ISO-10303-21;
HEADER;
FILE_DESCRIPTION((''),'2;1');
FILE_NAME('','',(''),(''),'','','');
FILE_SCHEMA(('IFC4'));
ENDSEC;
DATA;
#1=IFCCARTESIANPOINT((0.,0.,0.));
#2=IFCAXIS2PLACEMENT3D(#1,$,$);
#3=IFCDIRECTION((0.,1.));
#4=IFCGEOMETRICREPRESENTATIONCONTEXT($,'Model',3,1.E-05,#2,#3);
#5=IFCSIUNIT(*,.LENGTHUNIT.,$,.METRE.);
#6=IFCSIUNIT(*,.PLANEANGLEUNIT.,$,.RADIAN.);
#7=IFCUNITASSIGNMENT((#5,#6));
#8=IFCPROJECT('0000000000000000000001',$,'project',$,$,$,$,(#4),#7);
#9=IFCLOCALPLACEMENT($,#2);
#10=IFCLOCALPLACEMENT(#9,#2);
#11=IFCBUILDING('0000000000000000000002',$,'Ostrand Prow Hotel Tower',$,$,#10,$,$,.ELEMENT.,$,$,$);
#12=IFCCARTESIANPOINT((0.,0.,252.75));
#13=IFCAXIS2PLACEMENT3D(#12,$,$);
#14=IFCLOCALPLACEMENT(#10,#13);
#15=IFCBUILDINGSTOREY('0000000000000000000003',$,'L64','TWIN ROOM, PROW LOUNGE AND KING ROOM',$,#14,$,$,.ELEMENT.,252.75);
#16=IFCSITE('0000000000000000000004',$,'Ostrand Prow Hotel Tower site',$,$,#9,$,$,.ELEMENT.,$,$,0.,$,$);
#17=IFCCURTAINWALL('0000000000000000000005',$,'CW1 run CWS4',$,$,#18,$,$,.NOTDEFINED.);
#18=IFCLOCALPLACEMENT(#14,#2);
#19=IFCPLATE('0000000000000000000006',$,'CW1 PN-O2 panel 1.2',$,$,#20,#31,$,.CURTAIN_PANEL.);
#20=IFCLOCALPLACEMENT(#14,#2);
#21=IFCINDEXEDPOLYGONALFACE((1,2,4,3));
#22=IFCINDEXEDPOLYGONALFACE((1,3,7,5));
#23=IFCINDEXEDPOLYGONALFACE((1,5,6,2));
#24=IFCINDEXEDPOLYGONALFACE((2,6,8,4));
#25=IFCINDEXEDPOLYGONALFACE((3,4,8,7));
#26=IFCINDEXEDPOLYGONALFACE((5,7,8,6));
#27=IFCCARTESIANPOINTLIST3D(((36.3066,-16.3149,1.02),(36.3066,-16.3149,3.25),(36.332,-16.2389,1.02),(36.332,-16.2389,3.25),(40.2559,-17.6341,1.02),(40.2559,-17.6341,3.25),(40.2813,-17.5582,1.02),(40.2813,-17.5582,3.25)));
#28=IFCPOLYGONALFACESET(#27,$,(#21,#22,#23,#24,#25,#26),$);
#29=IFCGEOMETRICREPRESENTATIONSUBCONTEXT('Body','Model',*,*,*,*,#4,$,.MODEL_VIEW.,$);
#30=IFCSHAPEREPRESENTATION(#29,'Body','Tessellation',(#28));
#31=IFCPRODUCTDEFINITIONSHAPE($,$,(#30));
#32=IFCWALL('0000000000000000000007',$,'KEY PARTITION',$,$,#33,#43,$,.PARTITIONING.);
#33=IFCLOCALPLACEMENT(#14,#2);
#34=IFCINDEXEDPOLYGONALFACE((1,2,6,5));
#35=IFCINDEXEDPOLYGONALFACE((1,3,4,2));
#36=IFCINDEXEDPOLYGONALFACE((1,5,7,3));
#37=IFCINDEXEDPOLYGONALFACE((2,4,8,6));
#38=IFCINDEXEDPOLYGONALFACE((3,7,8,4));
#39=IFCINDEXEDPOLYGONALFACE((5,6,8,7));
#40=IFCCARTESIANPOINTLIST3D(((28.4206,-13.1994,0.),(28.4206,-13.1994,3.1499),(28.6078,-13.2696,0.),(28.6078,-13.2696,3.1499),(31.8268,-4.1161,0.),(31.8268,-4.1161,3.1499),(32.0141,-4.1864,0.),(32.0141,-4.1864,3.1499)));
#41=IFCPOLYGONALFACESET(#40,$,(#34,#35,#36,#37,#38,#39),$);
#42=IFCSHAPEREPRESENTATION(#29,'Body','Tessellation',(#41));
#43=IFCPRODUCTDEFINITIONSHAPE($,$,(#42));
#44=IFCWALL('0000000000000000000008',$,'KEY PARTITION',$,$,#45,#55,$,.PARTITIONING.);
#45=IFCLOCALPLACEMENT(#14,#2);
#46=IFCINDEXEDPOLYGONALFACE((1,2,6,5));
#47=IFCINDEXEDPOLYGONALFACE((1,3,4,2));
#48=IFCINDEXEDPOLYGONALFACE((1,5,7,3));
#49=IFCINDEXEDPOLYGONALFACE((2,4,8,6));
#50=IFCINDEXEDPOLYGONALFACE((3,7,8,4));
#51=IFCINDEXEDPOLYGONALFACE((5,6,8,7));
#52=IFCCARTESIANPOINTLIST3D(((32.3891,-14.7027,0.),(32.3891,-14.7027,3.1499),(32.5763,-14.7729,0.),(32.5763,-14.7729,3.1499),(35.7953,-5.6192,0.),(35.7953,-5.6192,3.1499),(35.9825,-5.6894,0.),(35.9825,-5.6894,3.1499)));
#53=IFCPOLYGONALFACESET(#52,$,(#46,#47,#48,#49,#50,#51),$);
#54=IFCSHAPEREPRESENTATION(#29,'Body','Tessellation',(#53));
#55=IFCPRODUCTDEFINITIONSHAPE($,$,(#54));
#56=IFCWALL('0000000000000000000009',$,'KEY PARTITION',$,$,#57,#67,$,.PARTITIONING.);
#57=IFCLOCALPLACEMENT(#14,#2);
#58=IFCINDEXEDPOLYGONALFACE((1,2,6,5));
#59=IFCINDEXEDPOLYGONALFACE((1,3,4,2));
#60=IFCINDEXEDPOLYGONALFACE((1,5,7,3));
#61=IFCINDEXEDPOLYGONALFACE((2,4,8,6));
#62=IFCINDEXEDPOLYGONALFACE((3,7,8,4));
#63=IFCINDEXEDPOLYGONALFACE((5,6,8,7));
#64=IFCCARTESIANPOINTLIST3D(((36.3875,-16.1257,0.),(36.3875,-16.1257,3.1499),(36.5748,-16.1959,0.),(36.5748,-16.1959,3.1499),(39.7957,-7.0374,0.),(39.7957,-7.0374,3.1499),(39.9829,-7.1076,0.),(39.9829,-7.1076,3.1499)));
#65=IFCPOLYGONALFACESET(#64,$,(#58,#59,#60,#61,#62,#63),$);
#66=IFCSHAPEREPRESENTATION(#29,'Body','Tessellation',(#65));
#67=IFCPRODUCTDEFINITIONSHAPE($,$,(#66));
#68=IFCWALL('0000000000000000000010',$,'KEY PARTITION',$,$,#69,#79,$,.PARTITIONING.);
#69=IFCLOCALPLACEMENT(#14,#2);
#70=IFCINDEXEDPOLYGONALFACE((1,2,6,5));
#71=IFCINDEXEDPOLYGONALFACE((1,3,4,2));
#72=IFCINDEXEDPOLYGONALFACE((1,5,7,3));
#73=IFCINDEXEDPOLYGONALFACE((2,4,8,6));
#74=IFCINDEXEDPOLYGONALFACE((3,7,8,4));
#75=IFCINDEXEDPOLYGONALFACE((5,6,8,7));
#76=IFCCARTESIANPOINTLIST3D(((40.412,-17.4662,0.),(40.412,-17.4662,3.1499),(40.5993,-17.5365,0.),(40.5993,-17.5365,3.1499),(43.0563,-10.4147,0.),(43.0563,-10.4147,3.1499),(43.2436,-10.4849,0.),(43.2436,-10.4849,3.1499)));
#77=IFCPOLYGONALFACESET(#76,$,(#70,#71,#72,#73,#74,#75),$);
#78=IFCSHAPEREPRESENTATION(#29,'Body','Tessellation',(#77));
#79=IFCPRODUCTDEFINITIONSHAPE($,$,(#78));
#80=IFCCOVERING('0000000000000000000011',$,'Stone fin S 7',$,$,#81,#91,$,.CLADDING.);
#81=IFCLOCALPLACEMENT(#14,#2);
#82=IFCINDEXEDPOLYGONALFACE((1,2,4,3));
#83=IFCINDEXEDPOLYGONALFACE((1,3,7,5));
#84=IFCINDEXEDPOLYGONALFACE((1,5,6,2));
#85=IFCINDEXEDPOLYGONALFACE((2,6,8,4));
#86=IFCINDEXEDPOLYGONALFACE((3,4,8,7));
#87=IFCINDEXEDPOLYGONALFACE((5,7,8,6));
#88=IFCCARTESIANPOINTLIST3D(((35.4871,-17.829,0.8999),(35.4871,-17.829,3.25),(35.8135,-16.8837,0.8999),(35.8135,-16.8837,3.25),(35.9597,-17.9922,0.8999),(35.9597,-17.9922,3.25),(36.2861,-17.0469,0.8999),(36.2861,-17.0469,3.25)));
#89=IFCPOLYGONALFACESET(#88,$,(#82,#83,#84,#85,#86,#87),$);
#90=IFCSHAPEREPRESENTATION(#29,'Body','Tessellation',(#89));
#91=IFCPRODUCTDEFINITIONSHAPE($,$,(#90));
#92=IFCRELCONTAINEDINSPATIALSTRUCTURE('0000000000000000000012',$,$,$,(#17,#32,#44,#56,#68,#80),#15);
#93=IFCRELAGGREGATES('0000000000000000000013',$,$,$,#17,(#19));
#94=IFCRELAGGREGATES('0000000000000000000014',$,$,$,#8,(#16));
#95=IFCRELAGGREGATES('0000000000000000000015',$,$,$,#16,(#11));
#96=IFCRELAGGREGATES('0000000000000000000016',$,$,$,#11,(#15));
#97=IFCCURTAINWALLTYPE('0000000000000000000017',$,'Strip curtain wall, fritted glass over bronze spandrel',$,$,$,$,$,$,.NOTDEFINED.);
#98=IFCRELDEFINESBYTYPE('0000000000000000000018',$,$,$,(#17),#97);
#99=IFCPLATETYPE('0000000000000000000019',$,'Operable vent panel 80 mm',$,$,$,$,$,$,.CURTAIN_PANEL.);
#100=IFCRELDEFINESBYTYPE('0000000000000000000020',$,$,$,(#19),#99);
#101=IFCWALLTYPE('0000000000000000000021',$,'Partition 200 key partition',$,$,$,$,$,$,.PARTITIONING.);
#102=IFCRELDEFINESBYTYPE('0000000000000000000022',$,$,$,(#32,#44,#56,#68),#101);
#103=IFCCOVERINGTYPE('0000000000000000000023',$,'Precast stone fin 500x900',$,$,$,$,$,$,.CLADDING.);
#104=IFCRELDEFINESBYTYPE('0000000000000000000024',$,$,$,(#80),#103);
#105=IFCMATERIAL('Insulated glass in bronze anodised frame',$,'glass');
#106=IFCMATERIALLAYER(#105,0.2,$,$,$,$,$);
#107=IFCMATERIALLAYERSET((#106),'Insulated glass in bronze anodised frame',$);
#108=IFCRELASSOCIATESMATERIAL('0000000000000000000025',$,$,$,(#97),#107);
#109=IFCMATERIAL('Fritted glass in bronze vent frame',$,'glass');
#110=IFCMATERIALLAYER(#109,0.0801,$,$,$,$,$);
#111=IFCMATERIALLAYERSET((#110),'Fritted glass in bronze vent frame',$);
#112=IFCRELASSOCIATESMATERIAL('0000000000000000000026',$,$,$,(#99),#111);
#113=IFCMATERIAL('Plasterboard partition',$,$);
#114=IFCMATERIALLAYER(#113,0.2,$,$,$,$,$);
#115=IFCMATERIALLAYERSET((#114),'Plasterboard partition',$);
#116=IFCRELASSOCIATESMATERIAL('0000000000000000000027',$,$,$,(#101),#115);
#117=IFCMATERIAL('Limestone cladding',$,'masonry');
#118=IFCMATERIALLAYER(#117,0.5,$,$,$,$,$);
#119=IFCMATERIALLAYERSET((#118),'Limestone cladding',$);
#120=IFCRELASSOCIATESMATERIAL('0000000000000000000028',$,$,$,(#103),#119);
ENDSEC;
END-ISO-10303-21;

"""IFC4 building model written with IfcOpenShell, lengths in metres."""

from ifc_helpers import new_model, si_unit, direction, frame, frame_2d, origin, origin_2d, place, context, subcontext, project, spatial, rectangle, extrude, material, layer, layer_set, type_object, element, aggregate, save


model = new_model("IFC4")

# Units and contexts
model_context = context("Model", 3, precision=1e-05, world=origin(), true_north=direction((0.0, 1.0)))
body_context = subcontext(model_context, "Body", "Model", "MODEL_VIEW")
ifc_project = project(units=[si_unit("LENGTHUNIT", "METRE"), si_unit("PLANEANGLEUNIT", "RADIAN")], contexts=[model_context])

# Site, building, storey
site_placement = place(None, origin())
site = spatial("IfcSite", under=ifc_project, at=site_placement, Name="Ostrand Prow Hotel Tower site", CompositionType="ELEMENT", RefElevation=0.0)
building_placement = place(site_placement, origin())
building = spatial("IfcBuilding", under=site, at=building_placement, Name="Ostrand Prow Hotel Tower", CompositionType="ELEMENT")
storey_placement = place(building_placement, frame((0.0, 0.0, 252.75)))
storey = spatial("IfcBuildingStorey", under=building, at=storey_placement, Name="L64", Description="TWIN ROOM, PROW LOUNGE AND KING ROOM", CompositionType="ELEMENT", Elevation=252.75)

# Shared definitions
ifc_material_1 = material(Name="Insulated glass in bronze anodised frame", Category="glass")
ifc_layer_1 = layer(ifc_material_1, 0.2)
ifc_layer_set_1 = layer_set([ifc_layer_1], Name="Insulated glass in bronze anodised frame")
curtain_wall_type = type_object("IfcCurtainWallType", Name="Strip curtain wall, fritted glass over bronze spandrel", PredefinedType="NOTDEFINED", material=ifc_layer_set_1)

# Curtain wall
curtain_wall_1_placement = place(storey_placement, origin())
curtain_wall_1 = element("IfcCurtainWall", 1, at=curtain_wall_1_placement, inside=storey, type_object=curtain_wall_type, Name="CW1 run CWS4", PredefinedType="NOTDEFINED")

# Plate
ifc_material_2 = material(Name="Fritted glass in bronze vent frame", Category="glass")
ifc_layer_2 = layer(ifc_material_2, 0.0801)
ifc_layer_set_2 = layer_set([ifc_layer_2], Name="Fritted glass in bronze vent frame")
plate_type_1 = type_object("IfcPlateType", Name="Operable vent panel 80 mm", PredefinedType="CURTAIN_PANEL", material=ifc_layer_set_2)
plate_1_placement = place(storey_placement, frame((38.2939, -16.9365, 1.02), z_axis=(0.0, 0.0, 1.0), x_axis=(0.948479, -0.316841, 0.0)))
plate_1 = element("IfcPlate", 2, at=plate_1_placement, type_object=plate_type_1, Name="CW1 PN-O2 panel 1.2", PredefinedType="CURTAIN_PANEL", context=body_context, shape_type="SweptSolid", body=[
    extrude(rectangle(XDim=4.1638, YDim=0.0801, at=origin_2d()), origin(), (0.0, 0.0, 1.0), 2.23),
])
aggregate(curtain_wall_1, [plate_1])

# Walls
ifc_material_3 = material(Name="Plasterboard partition")
ifc_layer_3 = layer(ifc_material_3, 0.2)
ifc_layer_set_3 = layer_set([ifc_layer_3], Name="Plasterboard partition")
wall_type = type_object("IfcWallType", Name="Partition 200 key partition", PredefinedType="PARTITIONING", material=ifc_layer_set_3)
wall_1_placement = place(storey_placement, frame((28.5142, -13.2346, 0.0), z_axis=(0.0, 0.0, 1.0), x_axis=(0.351126, 0.936328, 0.0)))
element("IfcWall", 3, at=wall_1_placement, inside=storey, type_object=wall_type, Name="KEY PARTITION", PredefinedType="PARTITIONING", context=body_context, shape_type="SweptSolid", body=[
    extrude(rectangle(XDim=9.7009, YDim=0.2, at=frame_2d((4.8506, 0.0))), origin(), (0.0, 0.0, 1.0), 3.1499),
])
wall_2_placement = place(storey_placement, frame((32.4827, -14.7378, 0.0), z_axis=(0.0, 0.0, 1.0), x_axis=(0.351118, 0.936331, 0.0)))
element("IfcWall", 4, at=wall_2_placement, inside=storey, type_object=wall_type, Name="KEY PARTITION", PredefinedType="PARTITIONING", context=body_context, shape_type="SweptSolid", body=[
    extrude(rectangle(XDim=9.7012, YDim=0.2, at=frame_2d((4.8506, 0.0))), origin(), (0.0, 0.0, 1.0), 3.1499),
])
wall_3_placement = place(storey_placement, frame((36.4812, -16.1606, 0.0), z_axis=(0.0, 0.0, 1.0), x_axis=(0.351129, 0.936327, 0.0)))
element("IfcWall", 5, at=wall_3_placement, inside=storey, type_object=wall_type, Name="KEY PARTITION", PredefinedType="PARTITIONING", context=body_context, shape_type="SweptSolid", body=[
    extrude(rectangle(XDim=9.7063, YDim=0.2, at=frame_2d((4.853, 0.0))), origin(), (0.0, 0.0, 1.0), 3.1499),
])
wall_4_placement = place(storey_placement, frame((40.5056, -17.5015, 0.0), z_axis=(0.0, 0.0, 1.0), x_axis=(0.35112, 0.936331, 0.0)))
element("IfcWall", 6, at=wall_4_placement, inside=storey, type_object=wall_type, Name="KEY PARTITION", PredefinedType="PARTITIONING", context=body_context, shape_type="SweptSolid", body=[
    extrude(rectangle(XDim=7.531, YDim=0.2, at=frame_2d((3.7656, 0.0))), origin(), (0.0, 0.0, 1.0), 3.1499),
])

# Covering
ifc_material_4 = material(Name="Limestone cladding", Category="masonry")
ifc_layer_4 = layer(ifc_material_4, 0.5)
ifc_layer_set_4 = layer_set([ifc_layer_4], Name="Limestone cladding")
covering_type = type_object("IfcCoveringType", Name="Precast stone fin 500x900", PredefinedType="CLADDING", material=ifc_layer_set_4)
covering_placement = place(storey_placement, frame((36.0498, -16.9653, 0.8999), z_axis=(0.0, 0.0, 1.0), x_axis=(-0.326389, -0.945235, 0.0)))
element("IfcCovering", 7, at=covering_placement, inside=storey, type_object=covering_type, Name="Stone fin S 7", PredefinedType="CLADDING", context=body_context, shape_type="SweptSolid", body=[
    extrude(rectangle(XDim=1.0, YDim=0.5, at=frame_2d((0.5, 0.0))), origin(), (0.0, 0.0, 1.0), 2.3501),
])

save(model, "model.ifc")
